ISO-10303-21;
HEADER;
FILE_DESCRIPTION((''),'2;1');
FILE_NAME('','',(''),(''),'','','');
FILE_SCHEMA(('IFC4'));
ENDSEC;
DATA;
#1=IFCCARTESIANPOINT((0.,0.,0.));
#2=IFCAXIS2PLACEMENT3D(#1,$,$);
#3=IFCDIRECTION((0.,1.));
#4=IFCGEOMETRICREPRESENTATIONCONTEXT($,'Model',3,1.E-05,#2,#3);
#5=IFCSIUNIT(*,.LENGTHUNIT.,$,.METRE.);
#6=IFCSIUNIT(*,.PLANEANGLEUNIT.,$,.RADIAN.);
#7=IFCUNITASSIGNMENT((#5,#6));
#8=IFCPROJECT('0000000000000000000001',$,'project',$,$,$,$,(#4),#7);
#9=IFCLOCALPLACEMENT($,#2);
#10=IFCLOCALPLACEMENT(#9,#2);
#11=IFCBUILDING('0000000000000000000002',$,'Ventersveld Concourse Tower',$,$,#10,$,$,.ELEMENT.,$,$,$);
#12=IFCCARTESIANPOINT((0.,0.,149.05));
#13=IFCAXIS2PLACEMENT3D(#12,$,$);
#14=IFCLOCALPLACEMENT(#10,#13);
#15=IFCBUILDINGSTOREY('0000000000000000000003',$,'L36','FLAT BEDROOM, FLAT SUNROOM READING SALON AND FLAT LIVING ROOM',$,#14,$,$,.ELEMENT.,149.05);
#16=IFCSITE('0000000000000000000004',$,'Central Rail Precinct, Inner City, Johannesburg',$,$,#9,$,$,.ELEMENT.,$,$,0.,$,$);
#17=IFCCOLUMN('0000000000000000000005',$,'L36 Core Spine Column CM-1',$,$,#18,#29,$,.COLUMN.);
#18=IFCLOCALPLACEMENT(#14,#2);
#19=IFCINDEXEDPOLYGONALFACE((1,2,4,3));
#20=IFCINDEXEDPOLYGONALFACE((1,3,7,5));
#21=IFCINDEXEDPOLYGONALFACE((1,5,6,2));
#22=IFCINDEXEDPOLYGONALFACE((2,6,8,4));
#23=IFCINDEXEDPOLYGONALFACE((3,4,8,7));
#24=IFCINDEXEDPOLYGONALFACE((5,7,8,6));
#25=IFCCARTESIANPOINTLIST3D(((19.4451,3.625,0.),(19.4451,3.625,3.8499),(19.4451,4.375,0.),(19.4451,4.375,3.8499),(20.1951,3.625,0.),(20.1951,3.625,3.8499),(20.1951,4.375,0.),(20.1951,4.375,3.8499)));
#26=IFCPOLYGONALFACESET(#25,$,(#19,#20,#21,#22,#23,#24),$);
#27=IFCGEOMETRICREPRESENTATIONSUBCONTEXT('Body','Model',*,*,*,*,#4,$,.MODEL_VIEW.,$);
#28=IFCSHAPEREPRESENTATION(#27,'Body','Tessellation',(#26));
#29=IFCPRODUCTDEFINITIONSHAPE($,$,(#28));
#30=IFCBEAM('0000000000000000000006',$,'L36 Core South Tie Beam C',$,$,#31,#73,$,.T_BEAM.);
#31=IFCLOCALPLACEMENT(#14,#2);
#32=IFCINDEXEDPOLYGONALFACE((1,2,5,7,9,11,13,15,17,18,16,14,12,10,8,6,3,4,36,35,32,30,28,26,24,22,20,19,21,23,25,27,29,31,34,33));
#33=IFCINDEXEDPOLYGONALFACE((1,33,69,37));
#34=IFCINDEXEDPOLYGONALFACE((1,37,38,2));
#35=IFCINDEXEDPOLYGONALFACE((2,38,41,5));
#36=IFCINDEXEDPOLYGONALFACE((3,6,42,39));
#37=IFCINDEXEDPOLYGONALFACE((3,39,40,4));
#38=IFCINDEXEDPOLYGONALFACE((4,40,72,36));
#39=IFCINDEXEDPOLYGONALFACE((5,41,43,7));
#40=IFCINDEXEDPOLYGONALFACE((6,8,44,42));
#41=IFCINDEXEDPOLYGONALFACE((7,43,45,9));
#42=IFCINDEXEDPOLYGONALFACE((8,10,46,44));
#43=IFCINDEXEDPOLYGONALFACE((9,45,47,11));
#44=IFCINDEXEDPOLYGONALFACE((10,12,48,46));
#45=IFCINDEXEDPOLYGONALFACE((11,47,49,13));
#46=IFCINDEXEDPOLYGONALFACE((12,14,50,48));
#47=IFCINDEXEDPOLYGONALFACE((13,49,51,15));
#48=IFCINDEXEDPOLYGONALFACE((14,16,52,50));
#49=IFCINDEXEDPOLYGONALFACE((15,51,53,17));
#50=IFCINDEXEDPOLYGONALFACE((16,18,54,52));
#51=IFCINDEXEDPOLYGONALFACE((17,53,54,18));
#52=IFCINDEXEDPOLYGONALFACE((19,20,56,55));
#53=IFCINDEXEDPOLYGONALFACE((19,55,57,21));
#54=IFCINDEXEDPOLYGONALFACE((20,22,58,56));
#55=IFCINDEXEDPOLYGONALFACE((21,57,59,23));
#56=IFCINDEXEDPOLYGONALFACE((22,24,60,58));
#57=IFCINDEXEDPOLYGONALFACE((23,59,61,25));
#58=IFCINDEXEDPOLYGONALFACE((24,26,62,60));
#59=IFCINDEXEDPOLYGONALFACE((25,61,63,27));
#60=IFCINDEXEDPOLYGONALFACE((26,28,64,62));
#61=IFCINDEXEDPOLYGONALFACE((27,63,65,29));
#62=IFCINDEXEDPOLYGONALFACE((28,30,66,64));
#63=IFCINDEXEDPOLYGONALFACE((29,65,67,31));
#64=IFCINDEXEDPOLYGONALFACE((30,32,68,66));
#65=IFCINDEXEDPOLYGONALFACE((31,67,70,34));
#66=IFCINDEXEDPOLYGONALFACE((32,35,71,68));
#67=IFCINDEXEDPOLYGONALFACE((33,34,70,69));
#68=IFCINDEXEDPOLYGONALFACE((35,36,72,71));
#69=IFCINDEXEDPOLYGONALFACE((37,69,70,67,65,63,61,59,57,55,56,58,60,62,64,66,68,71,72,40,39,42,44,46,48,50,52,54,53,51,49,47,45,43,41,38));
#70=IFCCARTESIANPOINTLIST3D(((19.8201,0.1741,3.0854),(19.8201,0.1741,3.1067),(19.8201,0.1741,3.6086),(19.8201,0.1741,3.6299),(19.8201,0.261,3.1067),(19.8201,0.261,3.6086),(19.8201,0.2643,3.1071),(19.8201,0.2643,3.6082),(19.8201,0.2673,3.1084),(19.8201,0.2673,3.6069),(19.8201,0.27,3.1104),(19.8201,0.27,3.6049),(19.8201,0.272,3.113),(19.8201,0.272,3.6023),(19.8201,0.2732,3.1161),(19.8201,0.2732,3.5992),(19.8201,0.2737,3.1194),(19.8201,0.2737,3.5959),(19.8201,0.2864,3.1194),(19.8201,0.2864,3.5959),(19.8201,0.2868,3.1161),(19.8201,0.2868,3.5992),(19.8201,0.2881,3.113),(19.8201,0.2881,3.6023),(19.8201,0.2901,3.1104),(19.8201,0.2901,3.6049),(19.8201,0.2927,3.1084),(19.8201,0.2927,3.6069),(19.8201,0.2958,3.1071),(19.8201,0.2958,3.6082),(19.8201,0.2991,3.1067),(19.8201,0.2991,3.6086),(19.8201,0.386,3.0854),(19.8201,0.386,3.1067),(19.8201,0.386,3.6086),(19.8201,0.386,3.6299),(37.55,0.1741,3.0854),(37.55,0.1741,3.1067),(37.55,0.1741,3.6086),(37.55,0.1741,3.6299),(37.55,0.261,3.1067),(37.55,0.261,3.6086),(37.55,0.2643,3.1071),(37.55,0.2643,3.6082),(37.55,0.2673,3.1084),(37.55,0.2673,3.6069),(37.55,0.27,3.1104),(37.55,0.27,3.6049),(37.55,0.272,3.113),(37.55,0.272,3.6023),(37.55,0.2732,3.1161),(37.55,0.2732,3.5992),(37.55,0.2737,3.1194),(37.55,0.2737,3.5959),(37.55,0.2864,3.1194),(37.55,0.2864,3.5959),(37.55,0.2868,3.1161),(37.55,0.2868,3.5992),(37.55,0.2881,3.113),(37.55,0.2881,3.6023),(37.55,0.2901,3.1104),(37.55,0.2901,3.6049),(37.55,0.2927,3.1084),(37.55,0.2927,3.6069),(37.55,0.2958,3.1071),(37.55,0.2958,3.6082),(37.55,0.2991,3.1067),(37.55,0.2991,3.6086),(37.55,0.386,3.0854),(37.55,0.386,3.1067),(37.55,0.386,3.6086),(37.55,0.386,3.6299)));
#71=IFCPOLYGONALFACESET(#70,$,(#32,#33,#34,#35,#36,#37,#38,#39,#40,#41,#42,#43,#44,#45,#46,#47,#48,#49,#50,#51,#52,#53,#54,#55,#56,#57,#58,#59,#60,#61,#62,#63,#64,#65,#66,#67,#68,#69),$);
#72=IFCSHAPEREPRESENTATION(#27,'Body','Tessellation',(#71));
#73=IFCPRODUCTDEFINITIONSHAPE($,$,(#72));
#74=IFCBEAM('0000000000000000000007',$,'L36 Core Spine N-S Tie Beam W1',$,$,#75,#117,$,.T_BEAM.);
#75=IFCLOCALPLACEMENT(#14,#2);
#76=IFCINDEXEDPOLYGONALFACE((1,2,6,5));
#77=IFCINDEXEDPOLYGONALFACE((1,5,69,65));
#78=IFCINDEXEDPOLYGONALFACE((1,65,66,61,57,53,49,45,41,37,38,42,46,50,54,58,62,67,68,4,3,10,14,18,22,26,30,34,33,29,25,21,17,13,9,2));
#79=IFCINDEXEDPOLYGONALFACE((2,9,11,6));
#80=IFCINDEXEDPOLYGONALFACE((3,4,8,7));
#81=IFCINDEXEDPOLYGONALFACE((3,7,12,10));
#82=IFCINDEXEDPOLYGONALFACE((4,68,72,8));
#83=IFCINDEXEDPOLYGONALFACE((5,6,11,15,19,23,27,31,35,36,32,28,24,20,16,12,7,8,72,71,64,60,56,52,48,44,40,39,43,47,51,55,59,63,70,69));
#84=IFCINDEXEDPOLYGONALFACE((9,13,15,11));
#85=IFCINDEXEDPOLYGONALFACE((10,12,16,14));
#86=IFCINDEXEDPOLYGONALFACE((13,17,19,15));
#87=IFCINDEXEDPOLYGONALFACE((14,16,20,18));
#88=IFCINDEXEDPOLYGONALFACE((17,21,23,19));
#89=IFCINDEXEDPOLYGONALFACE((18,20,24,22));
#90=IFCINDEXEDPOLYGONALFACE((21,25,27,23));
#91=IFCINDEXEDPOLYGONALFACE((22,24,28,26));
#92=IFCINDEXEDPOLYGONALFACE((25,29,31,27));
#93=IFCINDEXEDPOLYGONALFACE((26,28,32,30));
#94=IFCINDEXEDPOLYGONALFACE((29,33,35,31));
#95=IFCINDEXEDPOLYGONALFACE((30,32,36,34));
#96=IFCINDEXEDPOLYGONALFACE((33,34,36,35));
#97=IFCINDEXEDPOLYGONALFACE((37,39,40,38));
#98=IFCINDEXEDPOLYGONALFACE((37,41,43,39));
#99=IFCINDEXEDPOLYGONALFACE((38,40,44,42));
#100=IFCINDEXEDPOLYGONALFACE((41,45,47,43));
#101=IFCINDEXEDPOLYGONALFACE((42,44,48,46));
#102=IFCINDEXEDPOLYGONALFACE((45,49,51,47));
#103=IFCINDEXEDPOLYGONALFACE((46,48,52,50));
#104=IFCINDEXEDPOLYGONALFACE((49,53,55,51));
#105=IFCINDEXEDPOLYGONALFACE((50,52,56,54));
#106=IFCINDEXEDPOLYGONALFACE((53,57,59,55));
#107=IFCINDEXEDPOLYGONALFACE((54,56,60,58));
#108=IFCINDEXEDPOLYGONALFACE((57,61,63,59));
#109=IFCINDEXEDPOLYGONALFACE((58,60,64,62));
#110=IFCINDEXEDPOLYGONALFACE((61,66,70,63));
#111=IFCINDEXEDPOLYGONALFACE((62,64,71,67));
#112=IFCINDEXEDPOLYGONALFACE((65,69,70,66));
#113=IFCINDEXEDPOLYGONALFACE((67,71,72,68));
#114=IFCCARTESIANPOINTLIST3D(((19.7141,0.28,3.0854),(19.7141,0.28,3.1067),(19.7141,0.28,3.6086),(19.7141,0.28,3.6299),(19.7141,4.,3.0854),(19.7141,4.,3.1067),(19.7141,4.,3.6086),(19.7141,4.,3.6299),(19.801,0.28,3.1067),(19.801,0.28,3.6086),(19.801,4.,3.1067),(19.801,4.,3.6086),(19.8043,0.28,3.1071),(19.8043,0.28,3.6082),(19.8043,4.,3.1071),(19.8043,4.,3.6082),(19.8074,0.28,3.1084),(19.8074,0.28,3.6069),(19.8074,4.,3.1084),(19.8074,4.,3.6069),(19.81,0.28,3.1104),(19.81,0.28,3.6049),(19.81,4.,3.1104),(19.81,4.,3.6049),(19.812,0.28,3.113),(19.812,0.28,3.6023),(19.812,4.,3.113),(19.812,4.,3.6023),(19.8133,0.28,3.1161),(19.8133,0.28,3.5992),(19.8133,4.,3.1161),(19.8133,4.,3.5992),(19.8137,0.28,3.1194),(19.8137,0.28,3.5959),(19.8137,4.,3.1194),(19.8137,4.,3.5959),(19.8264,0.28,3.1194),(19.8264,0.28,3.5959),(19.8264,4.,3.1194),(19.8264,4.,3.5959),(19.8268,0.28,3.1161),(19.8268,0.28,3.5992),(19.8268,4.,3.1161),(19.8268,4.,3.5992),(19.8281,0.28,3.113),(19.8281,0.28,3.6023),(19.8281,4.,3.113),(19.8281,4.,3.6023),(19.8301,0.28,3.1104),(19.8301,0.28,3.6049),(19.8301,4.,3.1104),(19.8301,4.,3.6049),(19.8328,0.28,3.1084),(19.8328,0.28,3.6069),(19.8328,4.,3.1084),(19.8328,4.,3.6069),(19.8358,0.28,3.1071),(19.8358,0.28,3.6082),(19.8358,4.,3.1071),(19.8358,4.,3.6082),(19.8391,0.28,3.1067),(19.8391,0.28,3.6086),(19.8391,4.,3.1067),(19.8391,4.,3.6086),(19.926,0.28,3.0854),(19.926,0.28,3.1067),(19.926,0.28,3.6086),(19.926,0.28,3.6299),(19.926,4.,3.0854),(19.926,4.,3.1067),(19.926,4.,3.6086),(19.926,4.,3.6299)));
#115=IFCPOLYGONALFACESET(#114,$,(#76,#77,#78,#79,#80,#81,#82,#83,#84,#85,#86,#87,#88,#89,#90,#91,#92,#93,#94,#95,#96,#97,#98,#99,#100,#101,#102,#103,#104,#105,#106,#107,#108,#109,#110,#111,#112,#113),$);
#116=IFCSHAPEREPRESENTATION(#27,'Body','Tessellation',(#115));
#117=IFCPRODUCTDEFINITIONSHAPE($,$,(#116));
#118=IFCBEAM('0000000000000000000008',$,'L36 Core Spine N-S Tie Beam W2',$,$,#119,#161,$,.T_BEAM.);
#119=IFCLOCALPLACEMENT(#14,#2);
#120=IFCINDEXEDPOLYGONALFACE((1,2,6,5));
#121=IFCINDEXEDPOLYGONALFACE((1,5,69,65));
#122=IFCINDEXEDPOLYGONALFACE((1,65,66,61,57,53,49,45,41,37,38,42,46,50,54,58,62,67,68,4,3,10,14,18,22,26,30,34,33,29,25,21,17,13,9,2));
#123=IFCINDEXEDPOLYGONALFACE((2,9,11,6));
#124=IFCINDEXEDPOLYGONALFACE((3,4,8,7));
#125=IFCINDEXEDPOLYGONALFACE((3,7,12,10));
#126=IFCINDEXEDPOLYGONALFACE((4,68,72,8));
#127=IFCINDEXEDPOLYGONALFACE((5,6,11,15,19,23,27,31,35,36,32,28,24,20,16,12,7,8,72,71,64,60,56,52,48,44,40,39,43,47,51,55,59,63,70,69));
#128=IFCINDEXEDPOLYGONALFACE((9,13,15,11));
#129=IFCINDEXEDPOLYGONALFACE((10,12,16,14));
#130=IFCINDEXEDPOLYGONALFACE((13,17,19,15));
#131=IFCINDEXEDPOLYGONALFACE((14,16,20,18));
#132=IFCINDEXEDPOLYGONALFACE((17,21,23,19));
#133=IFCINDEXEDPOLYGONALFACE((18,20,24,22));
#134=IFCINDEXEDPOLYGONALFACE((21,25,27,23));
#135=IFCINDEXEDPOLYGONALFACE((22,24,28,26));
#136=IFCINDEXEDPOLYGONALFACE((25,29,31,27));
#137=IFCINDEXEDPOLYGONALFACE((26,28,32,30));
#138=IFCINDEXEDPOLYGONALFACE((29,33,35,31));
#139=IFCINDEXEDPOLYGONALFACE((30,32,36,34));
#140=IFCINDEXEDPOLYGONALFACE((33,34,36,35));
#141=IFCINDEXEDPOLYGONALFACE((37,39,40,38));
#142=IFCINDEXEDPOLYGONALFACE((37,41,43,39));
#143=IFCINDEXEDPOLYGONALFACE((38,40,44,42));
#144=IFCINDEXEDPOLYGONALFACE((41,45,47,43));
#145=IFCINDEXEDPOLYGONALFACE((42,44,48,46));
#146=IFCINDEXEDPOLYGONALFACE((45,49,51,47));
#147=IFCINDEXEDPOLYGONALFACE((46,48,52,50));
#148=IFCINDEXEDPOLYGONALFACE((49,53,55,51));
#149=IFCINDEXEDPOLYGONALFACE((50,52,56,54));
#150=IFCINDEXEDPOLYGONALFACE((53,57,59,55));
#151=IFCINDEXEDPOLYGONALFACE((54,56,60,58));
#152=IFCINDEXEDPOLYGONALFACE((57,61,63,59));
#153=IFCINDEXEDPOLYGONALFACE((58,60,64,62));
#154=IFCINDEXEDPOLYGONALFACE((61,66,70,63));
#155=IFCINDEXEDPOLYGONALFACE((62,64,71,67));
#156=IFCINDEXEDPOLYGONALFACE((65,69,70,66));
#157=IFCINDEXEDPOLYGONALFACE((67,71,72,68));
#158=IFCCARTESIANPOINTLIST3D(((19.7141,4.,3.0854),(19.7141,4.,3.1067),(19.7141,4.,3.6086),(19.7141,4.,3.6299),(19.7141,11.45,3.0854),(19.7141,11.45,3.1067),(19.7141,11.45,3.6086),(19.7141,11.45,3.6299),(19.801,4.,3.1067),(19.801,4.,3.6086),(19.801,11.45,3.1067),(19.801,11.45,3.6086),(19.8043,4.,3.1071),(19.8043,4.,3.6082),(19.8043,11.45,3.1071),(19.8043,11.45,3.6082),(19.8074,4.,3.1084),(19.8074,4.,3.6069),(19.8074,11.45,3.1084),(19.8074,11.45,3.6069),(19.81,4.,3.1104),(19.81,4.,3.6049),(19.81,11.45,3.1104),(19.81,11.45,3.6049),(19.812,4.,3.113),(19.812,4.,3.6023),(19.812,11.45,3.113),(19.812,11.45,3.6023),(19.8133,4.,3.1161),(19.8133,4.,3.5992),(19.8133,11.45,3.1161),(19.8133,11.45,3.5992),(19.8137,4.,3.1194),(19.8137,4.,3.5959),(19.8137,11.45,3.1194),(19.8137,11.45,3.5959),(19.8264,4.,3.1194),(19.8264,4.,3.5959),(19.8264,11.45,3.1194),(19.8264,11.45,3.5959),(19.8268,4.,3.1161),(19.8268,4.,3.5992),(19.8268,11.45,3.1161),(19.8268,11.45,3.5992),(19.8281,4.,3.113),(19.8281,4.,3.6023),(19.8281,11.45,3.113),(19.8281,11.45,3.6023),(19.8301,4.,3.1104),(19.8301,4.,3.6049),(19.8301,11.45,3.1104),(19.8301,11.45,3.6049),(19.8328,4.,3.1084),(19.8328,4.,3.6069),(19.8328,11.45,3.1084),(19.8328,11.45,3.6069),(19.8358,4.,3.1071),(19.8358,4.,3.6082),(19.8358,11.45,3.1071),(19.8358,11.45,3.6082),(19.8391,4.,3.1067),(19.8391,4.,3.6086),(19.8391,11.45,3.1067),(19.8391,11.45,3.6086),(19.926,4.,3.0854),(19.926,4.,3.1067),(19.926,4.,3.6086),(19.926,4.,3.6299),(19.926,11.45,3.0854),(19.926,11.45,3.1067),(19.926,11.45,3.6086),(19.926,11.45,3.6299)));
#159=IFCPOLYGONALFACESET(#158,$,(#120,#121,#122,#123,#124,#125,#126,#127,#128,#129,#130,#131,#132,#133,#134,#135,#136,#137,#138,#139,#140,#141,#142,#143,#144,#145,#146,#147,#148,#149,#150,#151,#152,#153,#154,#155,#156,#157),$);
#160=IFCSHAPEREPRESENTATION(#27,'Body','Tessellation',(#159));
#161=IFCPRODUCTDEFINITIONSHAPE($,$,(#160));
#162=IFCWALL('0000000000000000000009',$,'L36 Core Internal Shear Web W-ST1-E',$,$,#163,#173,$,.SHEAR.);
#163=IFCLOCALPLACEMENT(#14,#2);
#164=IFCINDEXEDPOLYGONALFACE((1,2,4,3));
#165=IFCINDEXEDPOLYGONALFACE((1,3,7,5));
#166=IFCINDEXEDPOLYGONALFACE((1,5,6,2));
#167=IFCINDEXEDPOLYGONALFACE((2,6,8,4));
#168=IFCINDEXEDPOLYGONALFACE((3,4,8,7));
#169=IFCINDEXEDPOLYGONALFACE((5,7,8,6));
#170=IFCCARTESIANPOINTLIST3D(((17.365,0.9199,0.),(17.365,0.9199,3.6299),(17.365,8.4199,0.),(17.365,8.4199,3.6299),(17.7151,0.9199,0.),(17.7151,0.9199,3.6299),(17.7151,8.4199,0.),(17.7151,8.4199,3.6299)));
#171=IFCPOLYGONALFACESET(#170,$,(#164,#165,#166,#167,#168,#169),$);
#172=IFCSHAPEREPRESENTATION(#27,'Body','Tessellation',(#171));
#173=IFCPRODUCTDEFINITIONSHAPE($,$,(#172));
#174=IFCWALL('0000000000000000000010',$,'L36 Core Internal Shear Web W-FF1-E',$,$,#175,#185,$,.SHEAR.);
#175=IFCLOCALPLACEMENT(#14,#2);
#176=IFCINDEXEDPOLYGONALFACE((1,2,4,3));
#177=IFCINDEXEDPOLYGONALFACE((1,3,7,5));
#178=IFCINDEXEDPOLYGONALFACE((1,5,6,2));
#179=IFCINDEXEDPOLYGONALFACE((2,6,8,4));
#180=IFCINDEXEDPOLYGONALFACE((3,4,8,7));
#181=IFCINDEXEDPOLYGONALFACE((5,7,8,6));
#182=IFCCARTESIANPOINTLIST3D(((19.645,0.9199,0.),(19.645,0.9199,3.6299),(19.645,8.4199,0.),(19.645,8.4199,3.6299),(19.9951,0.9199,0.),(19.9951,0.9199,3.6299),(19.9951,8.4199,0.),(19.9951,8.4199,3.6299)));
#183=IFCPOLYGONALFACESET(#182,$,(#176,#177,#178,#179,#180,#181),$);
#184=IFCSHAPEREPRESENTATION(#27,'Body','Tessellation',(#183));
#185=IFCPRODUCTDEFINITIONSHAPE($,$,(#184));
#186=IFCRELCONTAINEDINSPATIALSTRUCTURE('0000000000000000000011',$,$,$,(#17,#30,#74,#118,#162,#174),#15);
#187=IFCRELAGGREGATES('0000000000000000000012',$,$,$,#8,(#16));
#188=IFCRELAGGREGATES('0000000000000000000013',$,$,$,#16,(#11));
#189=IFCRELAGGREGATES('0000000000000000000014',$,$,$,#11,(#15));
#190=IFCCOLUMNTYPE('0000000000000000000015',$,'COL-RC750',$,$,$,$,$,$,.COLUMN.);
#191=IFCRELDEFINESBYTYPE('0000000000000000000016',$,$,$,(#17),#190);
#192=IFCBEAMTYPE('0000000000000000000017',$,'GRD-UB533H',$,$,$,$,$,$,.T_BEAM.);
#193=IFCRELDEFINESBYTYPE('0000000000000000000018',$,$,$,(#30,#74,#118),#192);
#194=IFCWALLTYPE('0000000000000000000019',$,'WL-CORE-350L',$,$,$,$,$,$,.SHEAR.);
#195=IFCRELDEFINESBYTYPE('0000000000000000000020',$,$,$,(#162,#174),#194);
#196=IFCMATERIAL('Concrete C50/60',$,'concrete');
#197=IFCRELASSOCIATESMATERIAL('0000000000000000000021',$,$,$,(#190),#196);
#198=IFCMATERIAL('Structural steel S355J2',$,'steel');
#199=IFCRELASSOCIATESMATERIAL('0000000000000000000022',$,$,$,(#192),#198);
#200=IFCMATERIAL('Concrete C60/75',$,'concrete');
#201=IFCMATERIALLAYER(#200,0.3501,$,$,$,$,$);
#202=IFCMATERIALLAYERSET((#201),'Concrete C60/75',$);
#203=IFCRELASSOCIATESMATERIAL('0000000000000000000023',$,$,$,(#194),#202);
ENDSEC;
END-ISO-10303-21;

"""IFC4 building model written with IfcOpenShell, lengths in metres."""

from ifc_helpers import new_model, si_unit, direction, frame, frame_2d, origin, origin_2d, place, context, subcontext, project, spatial, rectangle, i_section, extrude, material, layer, layer_set, material_profile, profile_set, type_object, element, save


model = new_model("IFC4")

# Units and contexts
model_context = context("Model", 3, precision=1e-05, world=origin(), true_north=direction((0.0, 1.0)))
body_context = subcontext(model_context, "Body", "Model", "MODEL_VIEW")
ifc_project = project(units=[si_unit("LENGTHUNIT", "METRE"), si_unit("PLANEANGLEUNIT", "RADIAN")], contexts=[model_context])

# Site, building, storey
site_placement = place(None, origin())
site = spatial("IfcSite", under=ifc_project, at=site_placement, Name="Central Rail Precinct, Inner City, Johannesburg", CompositionType="ELEMENT", RefElevation=0.0)
building_placement = place(site_placement, origin())
building = spatial("IfcBuilding", under=site, at=building_placement, Name="Ventersveld Concourse Tower", CompositionType="ELEMENT")
storey_placement = place(building_placement, frame((0.0, 0.0, 149.05)))
storey = spatial("IfcBuildingStorey", under=building, at=storey_placement, Name="L36", Description="FLAT BEDROOM, FLAT SUNROOM READING SALON AND FLAT LIVING ROOM", CompositionType="ELEMENT", Elevation=149.05)

# Column
ifc_material_1 = material(Name="Concrete C50/60", Category="concrete")
ifc_material_profile_1 = material_profile(ifc_material_1, rectangle(XDim=0.75, YDim=0.75, at=origin_2d()), Name="RC 750x750")
ifc_profile_set_1 = profile_set([ifc_material_profile_1], Name="Concrete C50/60")
column_type = type_object("IfcColumnType", Name="COL-RC750", PredefinedType="COLUMN", material=ifc_profile_set_1)
column_placement = place(storey_placement, frame((19.8201, 4.0, 0.0), z_axis=(0.0, 0.0, 1.0), x_axis=(1.0, 0.0, 0.0)))
element("IfcColumn", 1, at=column_placement, inside=storey, type_object=column_type, Name="L36 Core Spine Column CM-1", PredefinedType="COLUMN", context=body_context, shape_type="SweptSolid", body=[
    extrude(rectangle(XDim=0.75, YDim=0.75, at=origin_2d()), origin(), (0.0, 0.0, 1.0), 3.8499),
])

# Beams
ifc_material_2 = material(Name="Structural steel S355J2", Category="steel")
ifc_material_profile_2 = material_profile(ifc_material_2, i_section(OverallWidth=0.2119, OverallDepth=0.5444, WebThickness=0.0127, FlangeThickness=0.0212, FilletRadius=0.0127, at=origin_2d()), Name="UB 533x210x122")
ifc_profile_set_2 = profile_set([ifc_material_profile_2], Name="Structural steel S355J2")
beam_type = type_object("IfcBeamType", Name="GRD-UB533H", PredefinedType="T_BEAM", material=ifc_profile_set_2)
beam_1_placement = place(storey_placement, frame((19.8201, 0.28, 3.3577), z_axis=(1.0, 0.0, 0.0), x_axis=(0.0, 1.0, 0.0)))
element("IfcBeam", 2, at=beam_1_placement, inside=storey, type_object=beam_type, Name="L36 Core South Tie Beam C", PredefinedType="T_BEAM", context=body_context, shape_type="SweptSolid", body=[
    extrude(i_section(OverallWidth=0.2119, OverallDepth=0.5444, WebThickness=0.0127, FlangeThickness=0.0212, FilletRadius=0.0127, at=origin_2d()), origin(), (0.0, 0.0, 1.0), 17.73),
])
beam_2_placement = place(storey_placement, frame((19.8201, 0.28, 3.3577), z_axis=(0.0, 1.0, 0.0), x_axis=(-1.0, 0.0, 0.0)))
element("IfcBeam", 3, at=beam_2_placement, inside=storey, type_object=beam_type, Name="L36 Core Spine N-S Tie Beam W1", PredefinedType="T_BEAM", context=body_context, shape_type="SweptSolid", body=[
    extrude(i_section(OverallWidth=0.2119, OverallDepth=0.5444, WebThickness=0.0127, FlangeThickness=0.0212, FilletRadius=0.0127, at=origin_2d()), origin(), (0.0, 0.0, 1.0), 3.72),
])
beam_3_placement = place(storey_placement, frame((19.8201, 4.0, 3.3577), z_axis=(0.0, 1.0, 0.0), x_axis=(-1.0, 0.0, 0.0)))
element("IfcBeam", 4, at=beam_3_placement, inside=storey, type_object=beam_type, Name="L36 Core Spine N-S Tie Beam W2", PredefinedType="T_BEAM", context=body_context, shape_type="SweptSolid", body=[
    extrude(i_section(OverallWidth=0.2119, OverallDepth=0.5444, WebThickness=0.0127, FlangeThickness=0.0212, FilletRadius=0.0127, at=origin_2d()), origin(), (0.0, 0.0, 1.0), 7.45),
])

# Walls
ifc_material_3 = material(Name="Concrete C60/75", Category="concrete")
ifc_layer_1 = layer(ifc_material_3, 0.3501)
ifc_layer_set_1 = layer_set([ifc_layer_1], Name="Concrete C60/75")
wall_type_1 = type_object("IfcWallType", Name="WL-CORE-350L", PredefinedType="SHEAR", material=ifc_layer_set_1)
for number, where, z_axis, x_axis, name in (
    (5, (17.54, 0.9199, 0.0), (0.0, 0.0, 1.0), (0.0, 1.0, 0.0), "L36 Core Internal Shear Web W-ST1-E"),
    (6, (19.8201, 0.9199, 0.0), (0.0, 0.0, 1.0), (0.0, 1.0, 0.0), "L36 Core Internal Shear Web W-FF1-E"),
):
    element("IfcWall", number, at=place(storey_placement, frame(where, z_axis=z_axis, x_axis=x_axis)), inside=storey, type_object=wall_type_1, Name=name, PredefinedType="SHEAR", context=body_context, shape_type="SweptSolid", body=[
        extrude(rectangle(XDim=7.5, YDim=0.3501, at=frame_2d((3.75, 0.0))), origin(), (0.0, 0.0, 1.0), 3.6299),
    ])

save(model, "model.ifc")
